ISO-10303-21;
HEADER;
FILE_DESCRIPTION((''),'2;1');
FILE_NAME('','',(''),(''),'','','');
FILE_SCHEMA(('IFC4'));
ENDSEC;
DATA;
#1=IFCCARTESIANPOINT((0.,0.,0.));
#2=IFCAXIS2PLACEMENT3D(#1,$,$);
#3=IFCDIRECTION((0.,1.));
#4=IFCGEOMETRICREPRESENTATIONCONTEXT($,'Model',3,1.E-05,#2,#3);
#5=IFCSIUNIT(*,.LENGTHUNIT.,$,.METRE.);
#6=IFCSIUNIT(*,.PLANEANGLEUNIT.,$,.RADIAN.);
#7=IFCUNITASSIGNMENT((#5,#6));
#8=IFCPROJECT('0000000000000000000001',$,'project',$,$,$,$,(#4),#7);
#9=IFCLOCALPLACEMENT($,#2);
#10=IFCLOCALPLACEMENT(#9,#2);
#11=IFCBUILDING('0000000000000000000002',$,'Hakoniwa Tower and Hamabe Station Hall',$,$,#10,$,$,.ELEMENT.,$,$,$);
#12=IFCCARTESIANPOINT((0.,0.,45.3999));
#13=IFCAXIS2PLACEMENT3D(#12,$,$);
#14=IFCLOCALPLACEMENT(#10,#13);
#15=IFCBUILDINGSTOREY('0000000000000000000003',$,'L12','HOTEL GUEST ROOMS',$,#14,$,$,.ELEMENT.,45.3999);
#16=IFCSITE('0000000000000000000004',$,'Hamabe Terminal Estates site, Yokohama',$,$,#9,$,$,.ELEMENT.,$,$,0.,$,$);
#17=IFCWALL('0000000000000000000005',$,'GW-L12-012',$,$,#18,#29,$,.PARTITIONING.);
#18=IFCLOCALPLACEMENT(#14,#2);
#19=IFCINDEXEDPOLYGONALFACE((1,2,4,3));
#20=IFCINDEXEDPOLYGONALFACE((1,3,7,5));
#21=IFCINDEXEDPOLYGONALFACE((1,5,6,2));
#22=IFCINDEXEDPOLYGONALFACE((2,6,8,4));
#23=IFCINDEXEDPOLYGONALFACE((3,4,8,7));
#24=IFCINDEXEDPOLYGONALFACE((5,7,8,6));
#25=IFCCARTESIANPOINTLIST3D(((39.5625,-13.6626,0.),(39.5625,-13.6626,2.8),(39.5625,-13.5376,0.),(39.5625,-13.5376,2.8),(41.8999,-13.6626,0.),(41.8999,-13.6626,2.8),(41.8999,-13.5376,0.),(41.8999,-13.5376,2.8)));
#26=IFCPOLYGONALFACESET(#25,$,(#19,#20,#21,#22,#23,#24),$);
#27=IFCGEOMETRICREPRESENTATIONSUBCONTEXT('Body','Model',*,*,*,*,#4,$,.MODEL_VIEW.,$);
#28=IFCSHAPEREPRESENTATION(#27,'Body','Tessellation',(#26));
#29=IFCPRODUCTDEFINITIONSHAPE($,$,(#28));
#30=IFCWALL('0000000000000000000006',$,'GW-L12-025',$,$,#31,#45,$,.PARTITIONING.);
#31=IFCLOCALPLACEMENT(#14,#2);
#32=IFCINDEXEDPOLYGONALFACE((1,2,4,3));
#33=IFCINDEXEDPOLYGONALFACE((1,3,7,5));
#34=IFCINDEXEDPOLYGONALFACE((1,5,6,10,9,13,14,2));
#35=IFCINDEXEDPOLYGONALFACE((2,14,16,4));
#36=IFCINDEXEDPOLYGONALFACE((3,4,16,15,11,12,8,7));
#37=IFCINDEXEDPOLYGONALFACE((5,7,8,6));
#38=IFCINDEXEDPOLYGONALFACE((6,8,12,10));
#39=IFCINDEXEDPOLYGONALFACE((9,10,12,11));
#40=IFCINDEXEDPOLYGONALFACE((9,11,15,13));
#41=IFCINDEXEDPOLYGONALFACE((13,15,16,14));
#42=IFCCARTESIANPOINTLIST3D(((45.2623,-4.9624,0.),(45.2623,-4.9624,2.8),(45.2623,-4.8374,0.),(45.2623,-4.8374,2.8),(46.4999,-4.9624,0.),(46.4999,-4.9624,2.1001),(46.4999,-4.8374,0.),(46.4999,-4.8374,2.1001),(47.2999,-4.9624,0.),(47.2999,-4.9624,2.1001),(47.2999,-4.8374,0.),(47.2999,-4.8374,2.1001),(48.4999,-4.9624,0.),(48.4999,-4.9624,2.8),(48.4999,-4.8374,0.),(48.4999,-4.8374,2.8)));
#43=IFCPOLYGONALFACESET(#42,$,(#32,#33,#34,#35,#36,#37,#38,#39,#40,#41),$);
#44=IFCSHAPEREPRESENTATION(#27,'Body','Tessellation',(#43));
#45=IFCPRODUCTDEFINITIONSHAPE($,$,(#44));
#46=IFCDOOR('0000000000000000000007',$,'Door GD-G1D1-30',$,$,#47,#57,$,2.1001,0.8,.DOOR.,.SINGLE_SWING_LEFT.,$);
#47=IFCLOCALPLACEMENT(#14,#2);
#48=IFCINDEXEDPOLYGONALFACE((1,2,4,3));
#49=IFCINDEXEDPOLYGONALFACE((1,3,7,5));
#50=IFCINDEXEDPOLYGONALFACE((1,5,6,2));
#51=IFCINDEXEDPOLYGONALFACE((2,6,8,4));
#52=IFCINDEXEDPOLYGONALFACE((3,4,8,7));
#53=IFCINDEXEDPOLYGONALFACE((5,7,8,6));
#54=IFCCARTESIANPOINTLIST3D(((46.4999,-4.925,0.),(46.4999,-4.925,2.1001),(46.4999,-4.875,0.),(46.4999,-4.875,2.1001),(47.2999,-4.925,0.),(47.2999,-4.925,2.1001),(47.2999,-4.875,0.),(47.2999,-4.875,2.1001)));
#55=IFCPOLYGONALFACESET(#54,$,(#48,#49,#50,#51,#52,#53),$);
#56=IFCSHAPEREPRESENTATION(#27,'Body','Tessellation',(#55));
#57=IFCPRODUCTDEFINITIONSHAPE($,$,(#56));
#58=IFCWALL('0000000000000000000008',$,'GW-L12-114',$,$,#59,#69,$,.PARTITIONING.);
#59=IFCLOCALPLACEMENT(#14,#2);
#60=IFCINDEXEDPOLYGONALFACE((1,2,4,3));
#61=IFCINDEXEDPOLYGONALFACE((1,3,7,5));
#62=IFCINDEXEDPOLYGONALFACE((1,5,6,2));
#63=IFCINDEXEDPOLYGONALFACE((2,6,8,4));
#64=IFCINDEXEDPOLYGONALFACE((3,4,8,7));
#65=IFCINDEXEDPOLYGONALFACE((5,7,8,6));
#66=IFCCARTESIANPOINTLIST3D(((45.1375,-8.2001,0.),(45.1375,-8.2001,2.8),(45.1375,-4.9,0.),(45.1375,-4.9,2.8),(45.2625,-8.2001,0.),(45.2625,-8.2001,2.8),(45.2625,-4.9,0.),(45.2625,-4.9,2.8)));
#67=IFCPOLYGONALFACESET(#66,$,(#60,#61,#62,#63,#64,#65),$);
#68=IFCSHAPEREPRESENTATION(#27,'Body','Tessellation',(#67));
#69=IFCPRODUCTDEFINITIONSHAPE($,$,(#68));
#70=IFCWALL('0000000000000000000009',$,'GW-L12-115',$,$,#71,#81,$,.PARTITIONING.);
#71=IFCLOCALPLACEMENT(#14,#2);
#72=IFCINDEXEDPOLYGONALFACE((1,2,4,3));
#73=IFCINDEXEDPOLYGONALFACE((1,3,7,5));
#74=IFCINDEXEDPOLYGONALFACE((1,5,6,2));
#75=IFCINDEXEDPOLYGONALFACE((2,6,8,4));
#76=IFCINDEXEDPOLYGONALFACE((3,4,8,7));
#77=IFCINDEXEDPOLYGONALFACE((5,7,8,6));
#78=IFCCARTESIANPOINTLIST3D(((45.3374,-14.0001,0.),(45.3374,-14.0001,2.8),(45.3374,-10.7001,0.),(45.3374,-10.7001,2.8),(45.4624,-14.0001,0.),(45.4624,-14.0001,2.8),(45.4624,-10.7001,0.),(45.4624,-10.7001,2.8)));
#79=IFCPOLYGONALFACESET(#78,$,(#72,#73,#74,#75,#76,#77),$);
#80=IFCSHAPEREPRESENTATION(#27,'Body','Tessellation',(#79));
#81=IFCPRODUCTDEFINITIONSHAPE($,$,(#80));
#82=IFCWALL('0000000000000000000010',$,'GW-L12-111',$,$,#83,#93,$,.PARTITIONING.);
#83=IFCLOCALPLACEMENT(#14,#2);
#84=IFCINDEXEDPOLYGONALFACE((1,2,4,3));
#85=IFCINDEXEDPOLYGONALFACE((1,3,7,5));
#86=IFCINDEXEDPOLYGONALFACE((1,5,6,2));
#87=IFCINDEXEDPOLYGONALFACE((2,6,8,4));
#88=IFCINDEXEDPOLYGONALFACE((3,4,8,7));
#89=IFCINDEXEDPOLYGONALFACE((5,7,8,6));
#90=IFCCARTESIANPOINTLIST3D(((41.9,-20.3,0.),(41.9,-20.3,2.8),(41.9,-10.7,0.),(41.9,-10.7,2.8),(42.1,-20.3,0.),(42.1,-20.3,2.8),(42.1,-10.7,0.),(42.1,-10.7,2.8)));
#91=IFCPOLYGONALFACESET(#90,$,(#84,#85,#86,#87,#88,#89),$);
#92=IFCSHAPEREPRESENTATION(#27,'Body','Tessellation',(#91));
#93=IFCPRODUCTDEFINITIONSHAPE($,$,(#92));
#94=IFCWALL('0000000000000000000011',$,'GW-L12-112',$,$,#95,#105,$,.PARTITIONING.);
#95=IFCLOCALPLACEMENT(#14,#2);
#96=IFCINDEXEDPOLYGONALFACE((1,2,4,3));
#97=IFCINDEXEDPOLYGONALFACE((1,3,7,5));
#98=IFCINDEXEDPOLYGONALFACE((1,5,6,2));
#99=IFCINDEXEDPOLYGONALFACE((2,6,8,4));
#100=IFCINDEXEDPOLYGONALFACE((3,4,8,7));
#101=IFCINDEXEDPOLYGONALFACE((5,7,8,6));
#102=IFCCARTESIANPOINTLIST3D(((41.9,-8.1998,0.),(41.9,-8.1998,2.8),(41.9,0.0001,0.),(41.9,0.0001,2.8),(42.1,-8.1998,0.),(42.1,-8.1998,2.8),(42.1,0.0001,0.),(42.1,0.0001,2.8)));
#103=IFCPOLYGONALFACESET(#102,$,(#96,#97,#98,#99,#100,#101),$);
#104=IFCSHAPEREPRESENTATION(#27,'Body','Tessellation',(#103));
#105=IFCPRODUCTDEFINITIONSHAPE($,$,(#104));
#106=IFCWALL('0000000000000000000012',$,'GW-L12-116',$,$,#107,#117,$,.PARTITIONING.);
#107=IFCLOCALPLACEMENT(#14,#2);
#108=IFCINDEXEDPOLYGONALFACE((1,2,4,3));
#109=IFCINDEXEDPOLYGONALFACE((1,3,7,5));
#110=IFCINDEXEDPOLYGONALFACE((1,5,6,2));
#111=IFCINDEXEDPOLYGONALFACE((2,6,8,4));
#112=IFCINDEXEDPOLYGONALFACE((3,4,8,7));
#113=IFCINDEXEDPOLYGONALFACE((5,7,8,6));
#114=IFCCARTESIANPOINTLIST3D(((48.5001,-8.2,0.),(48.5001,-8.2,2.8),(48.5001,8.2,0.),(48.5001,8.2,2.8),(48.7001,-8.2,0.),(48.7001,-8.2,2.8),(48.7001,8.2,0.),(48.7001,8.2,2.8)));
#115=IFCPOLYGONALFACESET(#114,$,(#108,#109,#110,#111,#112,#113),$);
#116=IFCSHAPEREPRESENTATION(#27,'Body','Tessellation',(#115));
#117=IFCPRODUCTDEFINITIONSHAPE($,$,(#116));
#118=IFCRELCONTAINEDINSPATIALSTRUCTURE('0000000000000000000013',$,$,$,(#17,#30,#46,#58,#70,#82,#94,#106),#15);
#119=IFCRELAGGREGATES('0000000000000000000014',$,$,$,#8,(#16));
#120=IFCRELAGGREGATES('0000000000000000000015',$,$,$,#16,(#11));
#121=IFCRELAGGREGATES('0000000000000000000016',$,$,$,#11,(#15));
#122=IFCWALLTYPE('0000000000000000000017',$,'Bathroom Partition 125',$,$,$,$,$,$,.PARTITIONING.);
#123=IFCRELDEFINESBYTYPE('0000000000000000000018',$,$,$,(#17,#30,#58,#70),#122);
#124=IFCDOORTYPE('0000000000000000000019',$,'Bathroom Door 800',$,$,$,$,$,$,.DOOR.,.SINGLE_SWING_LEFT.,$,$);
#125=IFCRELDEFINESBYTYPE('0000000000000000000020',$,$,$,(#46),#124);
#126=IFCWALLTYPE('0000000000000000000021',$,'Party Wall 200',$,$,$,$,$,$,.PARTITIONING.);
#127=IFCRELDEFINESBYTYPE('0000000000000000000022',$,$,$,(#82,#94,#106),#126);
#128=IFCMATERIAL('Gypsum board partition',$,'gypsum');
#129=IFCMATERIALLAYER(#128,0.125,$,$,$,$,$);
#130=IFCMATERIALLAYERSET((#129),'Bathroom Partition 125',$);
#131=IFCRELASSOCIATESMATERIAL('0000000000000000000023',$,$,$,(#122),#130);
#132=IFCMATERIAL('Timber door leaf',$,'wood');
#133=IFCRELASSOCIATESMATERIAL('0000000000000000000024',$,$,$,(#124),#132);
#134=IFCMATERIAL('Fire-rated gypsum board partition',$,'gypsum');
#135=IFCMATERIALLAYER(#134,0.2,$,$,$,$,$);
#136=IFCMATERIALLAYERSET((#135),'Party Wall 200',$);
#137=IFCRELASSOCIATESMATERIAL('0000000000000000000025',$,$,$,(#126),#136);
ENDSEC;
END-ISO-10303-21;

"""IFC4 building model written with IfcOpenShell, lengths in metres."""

from ifc_helpers import new_model, si_unit, direction, frame, frame_2d, origin, place, context, subcontext, project, spatial, rectangle, extrude, material, layer, layer_set, type_object, element, fill, save


model = new_model("IFC4")

# Units and contexts
model_context = context("Model", 3, precision=1e-05, world=origin(), true_north=direction((0.0, 1.0)))
body_context = subcontext(model_context, "Body", "Model", "MODEL_VIEW")
ifc_project = project(units=[si_unit("LENGTHUNIT", "METRE"), si_unit("PLANEANGLEUNIT", "RADIAN")], contexts=[model_context])

# Site, building, storey
site_placement = place(None, origin())
site = spatial("IfcSite", under=ifc_project, at=site_placement, Name="Hamabe Terminal Estates site, Yokohama", CompositionType="ELEMENT", RefElevation=0.0)
building_placement = place(site_placement, origin())
building = spatial("IfcBuilding", under=site, at=building_placement, Name="Hakoniwa Tower and Hamabe Station Hall", CompositionType="ELEMENT")
storey_placement = place(building_placement, frame((0.0, 0.0, 45.3999)))
storey = spatial("IfcBuildingStorey", under=building, at=storey_placement, Name="L12", Description="HOTEL GUEST ROOMS", CompositionType="ELEMENT", Elevation=45.3999)

# Shared definitions
ifc_material_1 = material(Name="Gypsum board partition", Category="gypsum")
ifc_layer_1 = layer(ifc_material_1, 0.125)
ifc_layer_set_1 = layer_set([ifc_layer_1], Name="Bathroom Partition 125")
wall_type_1 = type_object("IfcWallType", Name="Bathroom Partition 125", PredefinedType="PARTITIONING", material=ifc_layer_set_1)
ifc_material_2 = material(Name="Timber door leaf", Category="wood")
door_type = type_object("IfcDoorType", Name="Bathroom Door 800", OperationType="SINGLE_SWING_LEFT", PredefinedType="DOOR", material=ifc_material_2)

# Wall
wall_1_placement = place(storey_placement, frame((39.5625, -13.6001, 0.0), z_axis=(0.0, 0.0, 1.0), x_axis=(1.0, 0.0, 0.0)))
element("IfcWall", 1, at=wall_1_placement, inside=storey, type_object=wall_type_1, Name="GW-L12-012", PredefinedType="PARTITIONING", context=body_context, shape_type="SweptSolid", body=[
    extrude(rectangle(XDim=2.3374, YDim=0.125, at=frame_2d((1.1687, 0.0))), origin(), (0.0, 0.0, 1.0), 2.8),
])

# Wall, opening, door
wall_2_placement = place(storey_placement, frame((45.2625, -4.8999, 0.0), z_axis=(0.0, 0.0, 1.0), x_axis=(1.0, 0.0, 0.0)))
wall_2 = element("IfcWall", 2, at=wall_2_placement, inside=storey, type_object=wall_type_1, Name="GW-L12-025", PredefinedType="PARTITIONING", context=body_context, shape_type="SweptSolid", body=[
    extrude(rectangle(XDim=3.2375, YDim=0.125, at=frame_2d((1.6187, 0.0))), origin(), (0.0, 0.0, 1.0), 2.8),
])
opening_1_placement = place(wall_2_placement, frame((1.2375, 0.0, 0.0)))
opening_1 = element("IfcOpeningElement", 3, at=opening_1_placement, cuts=wall_2, PredefinedType="OPENING", context=body_context, shape_type="SweptSolid", body=[
    extrude(rectangle(XDim=0.8, YDim=2.1001, at=frame_2d((0.3999, 1.05))), frame((0.0, 0.0725, 0.0), z_axis=(0.0, -1.0, 0.0), x_axis=(1.0, 0.0, 0.0)), (0.0, 0.0, 1.0), 0.145),
])
door_1_placement = place(opening_1_placement, origin())
door_1 = element("IfcDoor", 4, at=door_1_placement, inside=storey, type_object=door_type, Name="Door GD-G1D1-30", OperationType="SINGLE_SWING_LEFT", OverallHeight=2.1001, OverallWidth=0.8, PredefinedType="DOOR", context=body_context, shape_type="SweptSolid", body=[
    extrude(rectangle(XDim=0.8, YDim=2.1001, at=frame_2d((0.3999, 1.05))), frame((0.0, 0.0249, 0.0), z_axis=(0.0, -1.0, 0.0), x_axis=(1.0, 0.0, 0.0)), (0.0, 0.0, 1.0), 0.05),
])
fill(opening_1, door_1)

# Walls
for number, where, z_axis, x_axis, name in (
    (5, (45.2, -8.2, 0.0), (0.0, 0.0, 1.0), (0.0, 1.0, 0.0), "GW-L12-114"),
    (6, (45.3999, -14.0, 0.0), (0.0, 0.0, 1.0), (0.0, 1.0, 0.0), "GW-L12-115"),
):
    element("IfcWall", number, at=place(storey_placement, frame(where, z_axis=z_axis, x_axis=x_axis)), inside=storey, type_object=wall_type_1, Name=name, PredefinedType="PARTITIONING", context=body_context, shape_type="SweptSolid", body=[
        extrude(rectangle(XDim=3.3, YDim=0.125, at=frame_2d((1.6499, 0.0))), origin(), (0.0, 0.0, 1.0), 2.8),
    ])
ifc_material_3 = material(Name="Fire-rated gypsum board partition", Category="gypsum")
ifc_layer_2 = layer(ifc_material_3, 0.2)
ifc_layer_set_2 = layer_set([ifc_layer_2], Name="Party Wall 200")
wall_type_2 = type_object("IfcWallType", Name="Party Wall 200", PredefinedType="PARTITIONING", material=ifc_layer_set_2)
wall_3_placement = place(storey_placement, frame((42.0, -20.3, 0.0), z_axis=(0.0, 0.0, 1.0), x_axis=(0.0, 1.0, 0.0)))
element("IfcWall", 7, at=wall_3_placement, inside=storey, type_object=wall_type_2, Name="GW-L12-111", PredefinedType="PARTITIONING", context=body_context, shape_type="SweptSolid", body=[
    extrude(rectangle(XDim=9.6001, YDim=0.2, at=frame_2d((4.8, 0.0))), origin(), (0.0, 0.0, 1.0), 2.8),
])
wall_4_placement = place(storey_placement, frame((42.0, -8.2, 0.0), z_axis=(0.0, 0.0, 1.0), x_axis=(0.0, 1.0, 0.0)))
element("IfcWall", 8, at=wall_4_placement, inside=storey, type_object=wall_type_2, Name="GW-L12-112", PredefinedType="PARTITIONING", context=body_context, shape_type="SweptSolid", body=[
    extrude(rectangle(XDim=8.2, YDim=0.2, at=frame_2d((4.1001, 0.0))), origin(), (0.0, 0.0, 1.0), 2.8),
])
wall_5_placement = place(storey_placement, frame((48.6001, -8.2, 0.0), z_axis=(0.0, 0.0, 1.0), x_axis=(0.0, 1.0, 0.0)))
element("IfcWall", 9, at=wall_5_placement, inside=storey, type_object=wall_type_2, Name="GW-L12-116", PredefinedType="PARTITIONING", context=body_context, shape_type="SweptSolid", body=[
    extrude(rectangle(XDim=16.3999, YDim=0.2, at=frame_2d((8.2, 0.0))), origin(), (0.0, 0.0, 1.0), 2.8),
])

save(model, "model.ifc")
